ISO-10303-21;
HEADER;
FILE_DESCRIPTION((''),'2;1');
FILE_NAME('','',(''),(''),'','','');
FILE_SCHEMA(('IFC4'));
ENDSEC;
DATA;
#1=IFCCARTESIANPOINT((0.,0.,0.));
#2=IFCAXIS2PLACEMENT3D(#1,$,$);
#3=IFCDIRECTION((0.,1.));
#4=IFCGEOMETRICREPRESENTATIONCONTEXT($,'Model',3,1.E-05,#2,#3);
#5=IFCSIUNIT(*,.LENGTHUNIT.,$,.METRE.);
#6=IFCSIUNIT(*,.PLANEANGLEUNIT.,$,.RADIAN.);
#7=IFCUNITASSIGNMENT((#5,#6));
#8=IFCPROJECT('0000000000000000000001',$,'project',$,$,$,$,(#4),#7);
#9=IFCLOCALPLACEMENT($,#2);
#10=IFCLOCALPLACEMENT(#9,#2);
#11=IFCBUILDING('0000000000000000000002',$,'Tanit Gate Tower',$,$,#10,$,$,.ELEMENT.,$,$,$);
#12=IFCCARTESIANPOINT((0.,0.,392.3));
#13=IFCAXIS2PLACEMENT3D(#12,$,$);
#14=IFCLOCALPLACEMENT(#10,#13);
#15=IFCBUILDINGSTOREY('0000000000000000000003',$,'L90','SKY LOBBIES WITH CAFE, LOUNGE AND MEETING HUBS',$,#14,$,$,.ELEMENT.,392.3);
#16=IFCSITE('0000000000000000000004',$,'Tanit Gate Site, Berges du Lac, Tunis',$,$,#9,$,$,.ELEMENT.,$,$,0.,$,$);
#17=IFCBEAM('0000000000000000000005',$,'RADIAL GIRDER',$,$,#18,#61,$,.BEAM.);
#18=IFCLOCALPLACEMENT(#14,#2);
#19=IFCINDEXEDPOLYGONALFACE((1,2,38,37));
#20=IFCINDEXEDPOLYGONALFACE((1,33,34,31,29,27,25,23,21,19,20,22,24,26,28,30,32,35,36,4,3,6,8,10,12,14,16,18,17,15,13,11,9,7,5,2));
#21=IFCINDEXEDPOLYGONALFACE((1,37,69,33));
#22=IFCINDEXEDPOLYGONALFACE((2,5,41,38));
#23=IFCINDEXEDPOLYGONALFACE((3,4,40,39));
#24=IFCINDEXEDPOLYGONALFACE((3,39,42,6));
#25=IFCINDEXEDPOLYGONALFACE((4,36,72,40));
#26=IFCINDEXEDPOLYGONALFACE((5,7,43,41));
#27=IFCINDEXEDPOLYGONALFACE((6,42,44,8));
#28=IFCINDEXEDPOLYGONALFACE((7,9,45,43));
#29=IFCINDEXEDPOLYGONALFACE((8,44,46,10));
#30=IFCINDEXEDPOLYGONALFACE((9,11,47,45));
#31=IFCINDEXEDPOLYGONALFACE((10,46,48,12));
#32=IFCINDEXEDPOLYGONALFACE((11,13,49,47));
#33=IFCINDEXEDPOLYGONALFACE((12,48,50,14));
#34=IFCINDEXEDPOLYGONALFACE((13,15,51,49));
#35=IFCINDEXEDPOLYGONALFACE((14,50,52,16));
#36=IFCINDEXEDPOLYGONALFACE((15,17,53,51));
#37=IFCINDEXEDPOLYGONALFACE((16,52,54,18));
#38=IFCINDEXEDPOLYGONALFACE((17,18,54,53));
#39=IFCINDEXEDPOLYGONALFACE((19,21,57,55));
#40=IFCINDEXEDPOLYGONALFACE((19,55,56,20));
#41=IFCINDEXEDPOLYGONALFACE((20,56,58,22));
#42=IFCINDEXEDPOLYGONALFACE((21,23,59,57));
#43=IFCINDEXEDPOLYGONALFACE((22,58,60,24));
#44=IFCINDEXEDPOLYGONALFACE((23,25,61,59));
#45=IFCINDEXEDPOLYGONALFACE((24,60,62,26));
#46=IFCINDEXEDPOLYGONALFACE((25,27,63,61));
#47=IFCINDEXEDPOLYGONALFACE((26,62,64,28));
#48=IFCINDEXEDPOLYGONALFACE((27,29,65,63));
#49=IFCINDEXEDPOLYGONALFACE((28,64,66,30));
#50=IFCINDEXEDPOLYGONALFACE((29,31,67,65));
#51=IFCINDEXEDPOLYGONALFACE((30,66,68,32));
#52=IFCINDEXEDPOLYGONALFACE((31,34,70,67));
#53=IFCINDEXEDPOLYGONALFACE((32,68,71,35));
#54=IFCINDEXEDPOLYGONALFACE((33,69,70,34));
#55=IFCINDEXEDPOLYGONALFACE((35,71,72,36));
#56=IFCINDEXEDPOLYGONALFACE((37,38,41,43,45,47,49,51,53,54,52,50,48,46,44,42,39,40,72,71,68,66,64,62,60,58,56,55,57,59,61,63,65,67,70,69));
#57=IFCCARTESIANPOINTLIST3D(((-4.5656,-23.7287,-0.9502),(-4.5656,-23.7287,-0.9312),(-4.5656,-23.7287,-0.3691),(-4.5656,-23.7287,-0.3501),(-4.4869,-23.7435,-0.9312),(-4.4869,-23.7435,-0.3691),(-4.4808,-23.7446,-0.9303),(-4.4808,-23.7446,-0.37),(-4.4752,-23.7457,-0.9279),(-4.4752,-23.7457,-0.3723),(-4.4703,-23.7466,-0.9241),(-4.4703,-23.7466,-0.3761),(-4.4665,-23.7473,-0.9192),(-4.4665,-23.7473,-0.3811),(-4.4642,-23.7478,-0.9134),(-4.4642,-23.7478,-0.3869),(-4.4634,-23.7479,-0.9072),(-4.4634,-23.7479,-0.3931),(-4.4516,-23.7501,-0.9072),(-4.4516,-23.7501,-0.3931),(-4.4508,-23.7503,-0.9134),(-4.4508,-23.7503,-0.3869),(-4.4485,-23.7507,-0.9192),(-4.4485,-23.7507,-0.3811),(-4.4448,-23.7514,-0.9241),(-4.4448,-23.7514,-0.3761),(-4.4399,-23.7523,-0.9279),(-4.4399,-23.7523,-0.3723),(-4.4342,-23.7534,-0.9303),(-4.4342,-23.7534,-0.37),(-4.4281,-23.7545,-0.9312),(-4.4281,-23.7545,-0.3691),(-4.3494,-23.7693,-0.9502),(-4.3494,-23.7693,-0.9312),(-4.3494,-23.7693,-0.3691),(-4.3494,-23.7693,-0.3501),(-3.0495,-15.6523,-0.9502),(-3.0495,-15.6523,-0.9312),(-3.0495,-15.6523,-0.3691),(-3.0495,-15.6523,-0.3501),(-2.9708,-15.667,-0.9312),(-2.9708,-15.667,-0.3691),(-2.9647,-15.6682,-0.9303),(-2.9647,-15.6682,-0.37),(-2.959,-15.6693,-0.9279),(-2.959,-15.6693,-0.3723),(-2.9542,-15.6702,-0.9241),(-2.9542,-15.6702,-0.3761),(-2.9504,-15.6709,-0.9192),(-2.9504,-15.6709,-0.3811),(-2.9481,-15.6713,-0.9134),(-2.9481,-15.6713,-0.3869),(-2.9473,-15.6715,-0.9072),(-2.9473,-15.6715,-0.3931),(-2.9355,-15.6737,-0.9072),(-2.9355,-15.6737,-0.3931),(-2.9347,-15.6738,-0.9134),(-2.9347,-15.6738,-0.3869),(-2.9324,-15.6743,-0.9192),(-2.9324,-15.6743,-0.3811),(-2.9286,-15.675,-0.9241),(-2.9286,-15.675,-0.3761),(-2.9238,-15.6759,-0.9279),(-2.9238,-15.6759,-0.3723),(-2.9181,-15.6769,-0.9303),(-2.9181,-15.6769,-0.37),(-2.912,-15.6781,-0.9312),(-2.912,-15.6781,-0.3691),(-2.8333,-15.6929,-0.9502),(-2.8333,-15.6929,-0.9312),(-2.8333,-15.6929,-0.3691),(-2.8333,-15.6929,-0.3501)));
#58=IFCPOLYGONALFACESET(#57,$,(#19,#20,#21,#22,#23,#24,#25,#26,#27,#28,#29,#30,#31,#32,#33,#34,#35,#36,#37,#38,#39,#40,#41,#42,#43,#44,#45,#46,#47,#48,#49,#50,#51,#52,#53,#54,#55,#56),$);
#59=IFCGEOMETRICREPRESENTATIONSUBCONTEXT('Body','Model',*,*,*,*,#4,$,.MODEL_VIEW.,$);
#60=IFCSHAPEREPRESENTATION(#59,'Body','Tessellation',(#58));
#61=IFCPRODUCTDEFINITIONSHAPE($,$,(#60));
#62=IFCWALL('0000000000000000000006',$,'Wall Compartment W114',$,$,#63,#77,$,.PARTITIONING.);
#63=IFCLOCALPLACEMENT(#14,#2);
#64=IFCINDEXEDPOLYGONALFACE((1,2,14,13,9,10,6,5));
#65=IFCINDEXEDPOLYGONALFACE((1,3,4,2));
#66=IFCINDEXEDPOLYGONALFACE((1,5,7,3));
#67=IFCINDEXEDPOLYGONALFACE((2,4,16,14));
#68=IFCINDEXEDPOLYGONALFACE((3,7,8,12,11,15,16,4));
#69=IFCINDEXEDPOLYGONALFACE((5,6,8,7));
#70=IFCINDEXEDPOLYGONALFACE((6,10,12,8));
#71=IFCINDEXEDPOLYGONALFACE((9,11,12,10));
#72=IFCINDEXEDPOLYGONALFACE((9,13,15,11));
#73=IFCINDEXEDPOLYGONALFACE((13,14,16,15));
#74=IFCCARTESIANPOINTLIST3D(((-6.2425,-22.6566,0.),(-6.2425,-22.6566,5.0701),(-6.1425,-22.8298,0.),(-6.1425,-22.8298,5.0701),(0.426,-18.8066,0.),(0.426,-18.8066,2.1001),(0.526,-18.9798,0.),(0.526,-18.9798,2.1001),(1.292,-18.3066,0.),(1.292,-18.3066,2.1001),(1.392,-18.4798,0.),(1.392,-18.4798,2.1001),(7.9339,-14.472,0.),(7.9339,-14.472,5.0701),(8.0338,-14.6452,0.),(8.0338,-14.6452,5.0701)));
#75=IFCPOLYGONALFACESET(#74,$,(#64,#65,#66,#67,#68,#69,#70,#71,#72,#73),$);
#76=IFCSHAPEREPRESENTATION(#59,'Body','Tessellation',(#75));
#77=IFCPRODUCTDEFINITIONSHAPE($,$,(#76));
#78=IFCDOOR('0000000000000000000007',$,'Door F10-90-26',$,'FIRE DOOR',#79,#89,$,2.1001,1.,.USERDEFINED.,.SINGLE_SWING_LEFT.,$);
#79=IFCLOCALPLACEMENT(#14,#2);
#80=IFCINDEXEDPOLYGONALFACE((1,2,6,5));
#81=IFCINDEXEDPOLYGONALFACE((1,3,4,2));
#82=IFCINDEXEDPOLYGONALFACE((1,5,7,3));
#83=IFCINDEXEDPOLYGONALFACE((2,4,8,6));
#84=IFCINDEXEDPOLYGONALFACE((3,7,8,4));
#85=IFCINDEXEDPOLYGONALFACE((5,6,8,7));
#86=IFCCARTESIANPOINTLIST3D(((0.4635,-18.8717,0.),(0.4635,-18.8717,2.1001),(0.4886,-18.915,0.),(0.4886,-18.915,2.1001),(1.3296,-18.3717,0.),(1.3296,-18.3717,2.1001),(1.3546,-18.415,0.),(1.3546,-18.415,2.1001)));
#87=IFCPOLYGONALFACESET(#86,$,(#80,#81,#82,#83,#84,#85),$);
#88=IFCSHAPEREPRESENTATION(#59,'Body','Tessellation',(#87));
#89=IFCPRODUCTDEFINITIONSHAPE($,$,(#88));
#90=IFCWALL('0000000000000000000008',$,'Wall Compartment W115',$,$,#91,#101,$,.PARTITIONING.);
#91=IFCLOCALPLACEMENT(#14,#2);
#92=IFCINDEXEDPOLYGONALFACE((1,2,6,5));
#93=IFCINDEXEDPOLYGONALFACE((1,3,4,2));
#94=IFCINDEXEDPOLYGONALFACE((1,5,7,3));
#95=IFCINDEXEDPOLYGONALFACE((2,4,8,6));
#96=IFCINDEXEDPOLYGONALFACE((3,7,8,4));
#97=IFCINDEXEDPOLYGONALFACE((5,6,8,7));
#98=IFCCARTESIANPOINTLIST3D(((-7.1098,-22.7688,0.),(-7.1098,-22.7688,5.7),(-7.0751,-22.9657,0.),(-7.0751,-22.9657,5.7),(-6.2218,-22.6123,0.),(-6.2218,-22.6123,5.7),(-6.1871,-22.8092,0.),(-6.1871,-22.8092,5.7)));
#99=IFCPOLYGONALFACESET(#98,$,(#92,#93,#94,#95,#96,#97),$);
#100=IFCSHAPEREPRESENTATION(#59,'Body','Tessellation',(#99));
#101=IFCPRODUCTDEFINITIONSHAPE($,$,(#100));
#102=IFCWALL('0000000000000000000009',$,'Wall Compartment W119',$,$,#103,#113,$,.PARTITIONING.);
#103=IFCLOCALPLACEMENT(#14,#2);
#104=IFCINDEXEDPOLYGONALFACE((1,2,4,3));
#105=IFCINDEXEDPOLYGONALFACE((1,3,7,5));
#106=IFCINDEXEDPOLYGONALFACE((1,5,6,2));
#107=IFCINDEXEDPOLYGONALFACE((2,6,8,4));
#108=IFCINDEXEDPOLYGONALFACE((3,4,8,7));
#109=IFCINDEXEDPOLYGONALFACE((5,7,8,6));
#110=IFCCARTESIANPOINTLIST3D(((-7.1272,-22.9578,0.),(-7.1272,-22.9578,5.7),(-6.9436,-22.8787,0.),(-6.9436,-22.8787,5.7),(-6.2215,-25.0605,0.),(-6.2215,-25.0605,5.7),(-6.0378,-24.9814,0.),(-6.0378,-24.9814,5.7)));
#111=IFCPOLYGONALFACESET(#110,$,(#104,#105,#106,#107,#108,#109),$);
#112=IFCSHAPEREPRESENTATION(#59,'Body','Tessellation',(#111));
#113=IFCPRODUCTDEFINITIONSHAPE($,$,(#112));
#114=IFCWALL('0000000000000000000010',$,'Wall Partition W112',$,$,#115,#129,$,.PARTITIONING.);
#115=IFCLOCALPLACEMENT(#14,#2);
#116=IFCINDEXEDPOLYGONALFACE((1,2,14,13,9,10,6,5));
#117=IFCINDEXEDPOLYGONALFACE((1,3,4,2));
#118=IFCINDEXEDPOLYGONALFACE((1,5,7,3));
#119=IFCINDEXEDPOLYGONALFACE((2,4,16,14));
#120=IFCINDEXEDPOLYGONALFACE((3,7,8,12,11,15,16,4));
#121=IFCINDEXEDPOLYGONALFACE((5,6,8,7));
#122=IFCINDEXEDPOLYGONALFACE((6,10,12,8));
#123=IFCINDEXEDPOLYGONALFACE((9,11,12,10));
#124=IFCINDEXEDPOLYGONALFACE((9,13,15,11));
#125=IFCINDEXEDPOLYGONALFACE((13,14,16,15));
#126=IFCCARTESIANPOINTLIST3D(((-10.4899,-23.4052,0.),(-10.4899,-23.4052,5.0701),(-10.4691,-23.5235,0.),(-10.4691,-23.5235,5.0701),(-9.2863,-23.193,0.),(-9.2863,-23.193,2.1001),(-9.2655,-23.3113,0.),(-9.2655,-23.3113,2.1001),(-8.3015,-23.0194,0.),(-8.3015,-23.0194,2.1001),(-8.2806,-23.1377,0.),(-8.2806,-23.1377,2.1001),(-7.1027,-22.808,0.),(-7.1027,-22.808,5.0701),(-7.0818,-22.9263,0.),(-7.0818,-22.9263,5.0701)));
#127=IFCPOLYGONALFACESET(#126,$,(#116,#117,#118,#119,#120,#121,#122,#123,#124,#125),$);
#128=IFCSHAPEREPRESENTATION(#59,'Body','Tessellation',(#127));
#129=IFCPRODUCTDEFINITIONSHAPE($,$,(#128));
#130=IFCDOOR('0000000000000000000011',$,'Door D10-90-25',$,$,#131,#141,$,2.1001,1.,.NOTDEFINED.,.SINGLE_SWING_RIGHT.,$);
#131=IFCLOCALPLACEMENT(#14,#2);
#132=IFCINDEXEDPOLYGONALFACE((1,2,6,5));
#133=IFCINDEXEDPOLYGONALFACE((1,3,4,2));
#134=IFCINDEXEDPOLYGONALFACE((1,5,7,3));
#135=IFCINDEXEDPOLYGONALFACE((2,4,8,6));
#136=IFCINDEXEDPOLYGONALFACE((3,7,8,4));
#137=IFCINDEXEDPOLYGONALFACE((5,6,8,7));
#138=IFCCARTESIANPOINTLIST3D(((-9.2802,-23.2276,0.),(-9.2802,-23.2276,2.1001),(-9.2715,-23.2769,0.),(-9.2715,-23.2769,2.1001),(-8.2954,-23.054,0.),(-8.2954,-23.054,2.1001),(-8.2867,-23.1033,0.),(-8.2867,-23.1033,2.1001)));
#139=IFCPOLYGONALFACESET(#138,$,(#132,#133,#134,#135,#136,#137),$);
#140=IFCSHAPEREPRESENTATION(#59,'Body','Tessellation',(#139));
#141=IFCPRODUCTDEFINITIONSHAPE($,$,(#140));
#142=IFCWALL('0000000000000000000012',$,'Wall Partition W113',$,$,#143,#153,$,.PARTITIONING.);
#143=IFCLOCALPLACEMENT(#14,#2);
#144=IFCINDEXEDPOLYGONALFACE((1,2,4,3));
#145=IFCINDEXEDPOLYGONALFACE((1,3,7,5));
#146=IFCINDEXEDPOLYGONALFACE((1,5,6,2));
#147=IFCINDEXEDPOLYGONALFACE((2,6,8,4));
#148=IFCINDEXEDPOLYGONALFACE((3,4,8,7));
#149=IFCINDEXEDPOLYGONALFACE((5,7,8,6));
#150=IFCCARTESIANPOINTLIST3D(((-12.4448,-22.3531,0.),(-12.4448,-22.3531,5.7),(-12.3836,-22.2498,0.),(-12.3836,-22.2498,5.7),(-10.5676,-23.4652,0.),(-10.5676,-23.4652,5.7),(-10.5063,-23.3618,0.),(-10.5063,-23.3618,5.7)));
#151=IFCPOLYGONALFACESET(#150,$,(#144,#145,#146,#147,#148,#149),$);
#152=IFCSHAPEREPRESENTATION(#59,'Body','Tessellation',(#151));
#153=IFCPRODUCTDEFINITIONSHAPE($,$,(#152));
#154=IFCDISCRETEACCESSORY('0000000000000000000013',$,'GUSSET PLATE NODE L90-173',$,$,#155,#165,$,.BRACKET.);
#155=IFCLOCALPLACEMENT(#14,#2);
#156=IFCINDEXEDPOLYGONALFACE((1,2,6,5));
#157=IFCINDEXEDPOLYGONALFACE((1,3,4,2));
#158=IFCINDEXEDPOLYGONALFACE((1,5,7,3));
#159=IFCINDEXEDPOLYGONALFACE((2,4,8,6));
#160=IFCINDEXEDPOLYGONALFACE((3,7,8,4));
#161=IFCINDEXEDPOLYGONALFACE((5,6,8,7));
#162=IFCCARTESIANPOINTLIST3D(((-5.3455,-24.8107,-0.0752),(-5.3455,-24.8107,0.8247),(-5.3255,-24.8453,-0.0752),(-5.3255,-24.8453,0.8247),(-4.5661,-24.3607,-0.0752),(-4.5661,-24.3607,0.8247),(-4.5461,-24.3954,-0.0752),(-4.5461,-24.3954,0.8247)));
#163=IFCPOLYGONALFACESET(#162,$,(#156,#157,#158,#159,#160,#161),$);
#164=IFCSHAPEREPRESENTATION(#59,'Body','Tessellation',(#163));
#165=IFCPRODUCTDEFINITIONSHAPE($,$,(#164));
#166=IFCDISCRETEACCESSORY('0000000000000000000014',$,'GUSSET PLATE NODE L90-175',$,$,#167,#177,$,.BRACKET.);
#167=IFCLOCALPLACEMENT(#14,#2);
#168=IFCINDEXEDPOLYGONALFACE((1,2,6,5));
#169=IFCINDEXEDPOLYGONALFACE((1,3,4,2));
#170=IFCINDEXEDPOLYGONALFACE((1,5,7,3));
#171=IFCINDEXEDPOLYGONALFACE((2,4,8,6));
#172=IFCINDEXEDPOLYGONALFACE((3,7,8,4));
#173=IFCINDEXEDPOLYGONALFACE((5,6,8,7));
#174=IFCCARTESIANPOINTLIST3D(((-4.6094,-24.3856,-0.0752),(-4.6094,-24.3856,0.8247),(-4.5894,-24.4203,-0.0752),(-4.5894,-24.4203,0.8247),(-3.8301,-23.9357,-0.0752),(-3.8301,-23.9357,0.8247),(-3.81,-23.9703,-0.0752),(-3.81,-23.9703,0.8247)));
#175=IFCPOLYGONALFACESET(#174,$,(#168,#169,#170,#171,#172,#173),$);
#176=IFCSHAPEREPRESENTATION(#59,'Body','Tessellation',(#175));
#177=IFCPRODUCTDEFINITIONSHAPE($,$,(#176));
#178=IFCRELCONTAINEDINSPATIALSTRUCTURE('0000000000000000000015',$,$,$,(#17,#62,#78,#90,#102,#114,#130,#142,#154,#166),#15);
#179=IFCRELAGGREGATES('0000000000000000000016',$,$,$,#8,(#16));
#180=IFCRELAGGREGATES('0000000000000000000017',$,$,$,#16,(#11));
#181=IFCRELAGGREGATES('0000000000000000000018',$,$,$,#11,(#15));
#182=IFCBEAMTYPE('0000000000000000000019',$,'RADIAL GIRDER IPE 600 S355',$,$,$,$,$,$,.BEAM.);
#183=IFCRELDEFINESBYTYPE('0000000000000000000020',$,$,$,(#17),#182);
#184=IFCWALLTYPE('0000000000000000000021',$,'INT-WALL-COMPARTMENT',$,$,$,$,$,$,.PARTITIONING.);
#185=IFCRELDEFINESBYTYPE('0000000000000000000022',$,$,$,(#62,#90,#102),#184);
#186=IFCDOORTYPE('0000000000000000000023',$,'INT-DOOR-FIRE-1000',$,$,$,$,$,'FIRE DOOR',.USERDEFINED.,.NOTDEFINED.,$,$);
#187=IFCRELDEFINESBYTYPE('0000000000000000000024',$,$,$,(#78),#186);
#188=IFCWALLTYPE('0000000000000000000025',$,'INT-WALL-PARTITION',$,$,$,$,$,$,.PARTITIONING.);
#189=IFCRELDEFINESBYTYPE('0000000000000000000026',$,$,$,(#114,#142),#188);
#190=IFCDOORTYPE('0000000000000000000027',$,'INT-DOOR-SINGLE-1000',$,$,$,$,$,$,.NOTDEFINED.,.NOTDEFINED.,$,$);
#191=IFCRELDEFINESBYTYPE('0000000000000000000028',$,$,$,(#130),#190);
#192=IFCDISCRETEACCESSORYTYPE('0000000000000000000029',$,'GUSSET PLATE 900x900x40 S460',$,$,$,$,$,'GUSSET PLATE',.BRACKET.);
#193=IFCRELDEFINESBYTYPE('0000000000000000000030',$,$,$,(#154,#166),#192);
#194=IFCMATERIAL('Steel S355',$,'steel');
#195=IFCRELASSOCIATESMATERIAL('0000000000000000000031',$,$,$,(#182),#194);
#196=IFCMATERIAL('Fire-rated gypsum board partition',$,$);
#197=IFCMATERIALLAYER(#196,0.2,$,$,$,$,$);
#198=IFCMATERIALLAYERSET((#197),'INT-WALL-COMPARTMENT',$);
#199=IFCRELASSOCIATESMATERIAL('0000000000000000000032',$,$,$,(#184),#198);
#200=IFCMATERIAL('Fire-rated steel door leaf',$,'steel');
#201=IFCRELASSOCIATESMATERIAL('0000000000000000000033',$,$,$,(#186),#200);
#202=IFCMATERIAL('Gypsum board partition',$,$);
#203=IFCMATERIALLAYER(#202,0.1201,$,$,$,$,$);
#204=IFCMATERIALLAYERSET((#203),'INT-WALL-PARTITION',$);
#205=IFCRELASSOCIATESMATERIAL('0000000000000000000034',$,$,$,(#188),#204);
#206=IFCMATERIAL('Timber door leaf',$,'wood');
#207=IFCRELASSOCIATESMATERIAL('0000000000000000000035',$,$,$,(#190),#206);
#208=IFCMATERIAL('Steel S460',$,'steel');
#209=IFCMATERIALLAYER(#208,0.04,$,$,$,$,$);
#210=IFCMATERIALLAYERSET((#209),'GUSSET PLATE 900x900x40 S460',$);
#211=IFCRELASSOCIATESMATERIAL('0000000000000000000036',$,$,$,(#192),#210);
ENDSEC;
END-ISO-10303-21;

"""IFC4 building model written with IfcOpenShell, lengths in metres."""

from ifc_helpers import new_model, si_unit, direction, frame, frame_2d, origin, origin_2d, place, context, subcontext, project, spatial, rectangle, i_section, extrude, material, layer, layer_set, material_profile, profile_set, type_object, element, fill, save


model = new_model("IFC4")

# Units and contexts
model_context = context("Model", 3, precision=1e-05, world=origin(), true_north=direction((0.0, 1.0)))
body_context = subcontext(model_context, "Body", "Model", "MODEL_VIEW")
ifc_project = project(units=[si_unit("LENGTHUNIT", "METRE"), si_unit("PLANEANGLEUNIT", "RADIAN")], contexts=[model_context])

# Site, building, storey
site_placement = place(None, origin())
site = spatial("IfcSite", under=ifc_project, at=site_placement, Name="Tanit Gate Site, Berges du Lac, Tunis", CompositionType="ELEMENT", RefElevation=0.0)
building_placement = place(site_placement, origin())
building = spatial("IfcBuilding", under=site, at=building_placement, Name="Tanit Gate Tower", CompositionType="ELEMENT")
storey_placement = place(building_placement, frame((0.0, 0.0, 392.3)))
storey = spatial("IfcBuildingStorey", under=building, at=storey_placement, Name="L90", Description="SKY LOBBIES WITH CAFE, LOUNGE AND MEETING HUBS", CompositionType="ELEMENT", Elevation=392.3)

# Beam
ifc_material_1 = material(Name="Steel S355", Category="steel")
ifc_material_profile_1 = material_profile(ifc_material_1, i_section(OverallWidth=0.22, OverallDepth=0.6001, WebThickness=0.012, FlangeThickness=0.019, FilletRadius=0.0239, at=origin_2d()), Name="IPE 600")
ifc_profile_set_1 = profile_set([ifc_material_profile_1], Name="Steel S355")
beam_type_1 = type_object("IfcBeamType", Name="RADIAL GIRDER IPE 600 S355", PredefinedType="BEAM", material=ifc_profile_set_1)
beam_1_placement = place(storey_placement, frame((-4.4575, -23.749, -0.6501), z_axis=(0.184498, 0.982833, 0.0), x_axis=(-0.982833, 0.184498, 0.0)))
element("IfcBeam", 1, at=beam_1_placement, inside=storey, type_object=beam_type_1, Name="RADIAL GIRDER", PredefinedType="BEAM", context=body_context, shape_type="SweptSolid", body=[
    extrude(i_section(OverallWidth=0.22, OverallDepth=0.6001, WebThickness=0.012, FlangeThickness=0.019, FilletRadius=0.0239, at=origin_2d()), origin(), (0.0, 0.0, 1.0), 8.2175),
])

# Wall, opening, door
ifc_material_2 = material(Name="Fire-rated gypsum board partition")
ifc_layer_1 = layer(ifc_material_2, 0.2)
ifc_layer_set_1 = layer_set([ifc_layer_1], Name="INT-WALL-COMPARTMENT")
wall_type_1 = type_object("IfcWallType", Name="INT-WALL-COMPARTMENT", PredefinedType="PARTITIONING", material=ifc_layer_set_1)
wall_1_placement = place(storey_placement, frame((-6.1924, -22.7432, 0.0), z_axis=(0.0, 0.0, 1.0), x_axis=(0.866028, 0.499995, 0.0)))
wall_1 = element("IfcWall", 2, at=wall_1_placement, inside=storey, type_object=wall_type_1, Name="Wall Compartment W114", PredefinedType="PARTITIONING", context=body_context, shape_type="SweptSolid", body=[
    extrude(rectangle(XDim=16.3694, YDim=0.2, at=frame_2d((8.1846, 0.0))), origin(), (0.0, 0.0, 1.0), 5.0701),
])
opening_1_placement = place(wall_1_placement, frame((7.7, 0.0, 0.0)))
opening_1 = element("IfcOpeningElement", 3, at=opening_1_placement, cuts=wall_1, PredefinedType="OPENING", context=body_context, shape_type="SweptSolid", body=[
    extrude(rectangle(XDim=1.0, YDim=2.1001, at=frame_2d((0.5, 1.05))), frame((0.0, 0.1099, 0.0), z_axis=(0.0, -1.0, 0.0), x_axis=(1.0, 0.0, 0.0)), (0.0, 0.0, 1.0), 0.22),
])
ifc_material_3 = material(Name="Fire-rated steel door leaf", Category="steel")
door_type_1 = type_object("IfcDoorType", Name="INT-DOOR-FIRE-1000", ElementType="FIRE DOOR", OperationType="NOTDEFINED", PredefinedType="USERDEFINED", material=ifc_material_3)
door_1_placement = place(opening_1_placement, origin())
door_1 = element("IfcDoor", 4, at=door_1_placement, inside=storey, type_object=door_type_1, Name="Door F10-90-26", ObjectType="FIRE DOOR", OperationType="SINGLE_SWING_LEFT", OverallHeight=2.1001, OverallWidth=1.0, PredefinedType="USERDEFINED", context=body_context, shape_type="SweptSolid", body=[
    extrude(rectangle(XDim=1.0, YDim=2.1001, at=frame_2d((0.5, 1.05))), frame((0.0, 0.0249, 0.0), z_axis=(0.0, -1.0, 0.0), x_axis=(1.0, 0.0, 0.0)), (0.0, 0.0, 1.0), 0.05),
])
fill(opening_1, door_1)

# Walls
wall_2_placement = place(storey_placement, frame((-7.0923, -22.8672, 0.0), z_axis=(0.0, 0.0, 1.0), x_axis=(0.984822, 0.173569, 0.0)))
element("IfcWall", 5, at=wall_2_placement, inside=storey, type_object=wall_type_1, Name="Wall Compartment W115", PredefinedType="PARTITIONING", context=body_context, shape_type="SweptSolid", body=[
    extrude(rectangle(XDim=0.9016, YDim=0.2, at=frame_2d((0.4507, 0.0))), origin(), (0.0, 0.0, 1.0), 5.7),
])
wall_3_placement = place(storey_placement, frame((-7.0354, -22.9182, 0.0), z_axis=(0.0, 0.0, 1.0), x_axis=(0.395605, -0.918421, 0.0)))
element("IfcWall", 6, at=wall_3_placement, inside=storey, type_object=wall_type_1, Name="Wall Compartment W119", PredefinedType="PARTITIONING", context=body_context, shape_type="SweptSolid", body=[
    extrude(rectangle(XDim=2.2896, YDim=0.2, at=frame_2d((1.1448, 0.0))), origin(), (0.0, 0.0, 1.0), 5.7),
])

# Wall, opening, door
ifc_material_4 = material(Name="Gypsum board partition")
ifc_layer_2 = layer(ifc_material_4, 0.1201)
ifc_layer_set_2 = layer_set([ifc_layer_2], Name="INT-WALL-PARTITION")
wall_type_2 = type_object("IfcWallType", Name="INT-WALL-PARTITION", PredefinedType="PARTITIONING", material=ifc_layer_set_2)
wall_4_placement = place(storey_placement, frame((-10.4795, -23.4644, 0.0), z_axis=(0.0, 0.0, 1.0), x_axis=(0.984812, 0.173623, 0.0)))
wall_4 = element("IfcWall", 7, at=wall_4_placement, inside=storey, type_object=wall_type_2, Name="Wall Partition W112", PredefinedType="PARTITIONING", context=body_context, shape_type="SweptSolid", body=[
    extrude(rectangle(XDim=3.4395, YDim=0.1201, at=frame_2d((1.7197, 0.0))), origin(), (0.0, 0.0, 1.0), 5.0701),
])
opening_2_placement = place(wall_4_placement, frame((1.2222, 0.0, 0.0)))
opening_2 = element("IfcOpeningElement", 8, at=opening_2_placement, cuts=wall_4, PredefinedType="OPENING", context=body_context, shape_type="SweptSolid", body=[
    extrude(rectangle(XDim=1.0, YDim=2.1001, at=frame_2d((0.5, 1.05))), frame((0.0, 0.0701, 0.0), z_axis=(0.0, -1.0, 0.0), x_axis=(1.0, 0.0, 0.0)), (0.0, 0.0, 1.0), 0.1401),
])
ifc_material_5 = material(Name="Timber door leaf", Category="wood")
door_type_2 = type_object("IfcDoorType", Name="INT-DOOR-SINGLE-1000", OperationType="NOTDEFINED", PredefinedType="NOTDEFINED", material=ifc_material_5)
door_2_placement = place(opening_2_placement, origin())
door_2 = element("IfcDoor", 9, at=door_2_placement, inside=storey, type_object=door_type_2, Name="Door D10-90-25", OperationType="SINGLE_SWING_RIGHT", OverallHeight=2.1001, OverallWidth=1.0, PredefinedType="NOTDEFINED", context=body_context, shape_type="SweptSolid", body=[
    extrude(rectangle(XDim=1.0, YDim=2.1001, at=frame_2d((0.5, 1.05))), frame((0.0, 0.0249, 0.0), z_axis=(0.0, -1.0, 0.0), x_axis=(1.0, 0.0, 0.0)), (0.0, 0.0, 1.0), 0.05),
])
fill(opening_2, door_2)

# Wall
wall_5_placement = place(storey_placement, frame((-12.4141, -22.3015, 0.0), z_axis=(0.0, 0.0, 1.0), x_axis=(0.860362, -0.509683, 0.0)))
element("IfcWall", 10, at=wall_5_placement, inside=storey, type_object=wall_type_2, Name="Wall Partition W113", PredefinedType="PARTITIONING", context=body_context, shape_type="SweptSolid", body=[
    extrude(rectangle(XDim=2.1819, YDim=0.1201, at=frame_2d((1.0908, 0.0))), origin(), (0.0, 0.0, 1.0), 5.7),
])

# Discrete accessories
ifc_material_6 = material(Name="Steel S460", Category="steel")
ifc_layer_3 = layer(ifc_material_6, 0.04)
ifc_layer_set_3 = layer_set([ifc_layer_3], Name="GUSSET PLATE 900x900x40 S460")
discrete_accessory_type = type_object("IfcDiscreteAccessoryType", Name="GUSSET PLATE 900x900x40 S460", ElementType="GUSSET PLATE", PredefinedType="BRACKET", material=ifc_layer_set_3)
for number, where, z_axis, x_axis, name in (
    (11, (-4.9458, -24.603, -0.0752), (0.0, 0.0, 1.0), (-0.866025, -0.5, 0.0), "GUSSET PLATE NODE L90-173"),
    (12, (-4.2097, -24.178, -0.0752), (0.0, 0.0, 1.0), (0.866025, 0.5, 0.0), "GUSSET PLATE NODE L90-175"),
):
    element("IfcDiscreteAccessory", number, at=place(storey_placement, frame(where, z_axis=z_axis, x_axis=x_axis)), inside=storey, type_object=discrete_accessory_type, Name=name, PredefinedType="BRACKET", context=body_context, shape_type="SweptSolid", body=[
        extrude(rectangle(XDim=0.8999, YDim=0.04, at=origin_2d()), origin(), (0.0, 0.0, 1.0), 0.8999),
    ])

save(model, "model.ifc")
